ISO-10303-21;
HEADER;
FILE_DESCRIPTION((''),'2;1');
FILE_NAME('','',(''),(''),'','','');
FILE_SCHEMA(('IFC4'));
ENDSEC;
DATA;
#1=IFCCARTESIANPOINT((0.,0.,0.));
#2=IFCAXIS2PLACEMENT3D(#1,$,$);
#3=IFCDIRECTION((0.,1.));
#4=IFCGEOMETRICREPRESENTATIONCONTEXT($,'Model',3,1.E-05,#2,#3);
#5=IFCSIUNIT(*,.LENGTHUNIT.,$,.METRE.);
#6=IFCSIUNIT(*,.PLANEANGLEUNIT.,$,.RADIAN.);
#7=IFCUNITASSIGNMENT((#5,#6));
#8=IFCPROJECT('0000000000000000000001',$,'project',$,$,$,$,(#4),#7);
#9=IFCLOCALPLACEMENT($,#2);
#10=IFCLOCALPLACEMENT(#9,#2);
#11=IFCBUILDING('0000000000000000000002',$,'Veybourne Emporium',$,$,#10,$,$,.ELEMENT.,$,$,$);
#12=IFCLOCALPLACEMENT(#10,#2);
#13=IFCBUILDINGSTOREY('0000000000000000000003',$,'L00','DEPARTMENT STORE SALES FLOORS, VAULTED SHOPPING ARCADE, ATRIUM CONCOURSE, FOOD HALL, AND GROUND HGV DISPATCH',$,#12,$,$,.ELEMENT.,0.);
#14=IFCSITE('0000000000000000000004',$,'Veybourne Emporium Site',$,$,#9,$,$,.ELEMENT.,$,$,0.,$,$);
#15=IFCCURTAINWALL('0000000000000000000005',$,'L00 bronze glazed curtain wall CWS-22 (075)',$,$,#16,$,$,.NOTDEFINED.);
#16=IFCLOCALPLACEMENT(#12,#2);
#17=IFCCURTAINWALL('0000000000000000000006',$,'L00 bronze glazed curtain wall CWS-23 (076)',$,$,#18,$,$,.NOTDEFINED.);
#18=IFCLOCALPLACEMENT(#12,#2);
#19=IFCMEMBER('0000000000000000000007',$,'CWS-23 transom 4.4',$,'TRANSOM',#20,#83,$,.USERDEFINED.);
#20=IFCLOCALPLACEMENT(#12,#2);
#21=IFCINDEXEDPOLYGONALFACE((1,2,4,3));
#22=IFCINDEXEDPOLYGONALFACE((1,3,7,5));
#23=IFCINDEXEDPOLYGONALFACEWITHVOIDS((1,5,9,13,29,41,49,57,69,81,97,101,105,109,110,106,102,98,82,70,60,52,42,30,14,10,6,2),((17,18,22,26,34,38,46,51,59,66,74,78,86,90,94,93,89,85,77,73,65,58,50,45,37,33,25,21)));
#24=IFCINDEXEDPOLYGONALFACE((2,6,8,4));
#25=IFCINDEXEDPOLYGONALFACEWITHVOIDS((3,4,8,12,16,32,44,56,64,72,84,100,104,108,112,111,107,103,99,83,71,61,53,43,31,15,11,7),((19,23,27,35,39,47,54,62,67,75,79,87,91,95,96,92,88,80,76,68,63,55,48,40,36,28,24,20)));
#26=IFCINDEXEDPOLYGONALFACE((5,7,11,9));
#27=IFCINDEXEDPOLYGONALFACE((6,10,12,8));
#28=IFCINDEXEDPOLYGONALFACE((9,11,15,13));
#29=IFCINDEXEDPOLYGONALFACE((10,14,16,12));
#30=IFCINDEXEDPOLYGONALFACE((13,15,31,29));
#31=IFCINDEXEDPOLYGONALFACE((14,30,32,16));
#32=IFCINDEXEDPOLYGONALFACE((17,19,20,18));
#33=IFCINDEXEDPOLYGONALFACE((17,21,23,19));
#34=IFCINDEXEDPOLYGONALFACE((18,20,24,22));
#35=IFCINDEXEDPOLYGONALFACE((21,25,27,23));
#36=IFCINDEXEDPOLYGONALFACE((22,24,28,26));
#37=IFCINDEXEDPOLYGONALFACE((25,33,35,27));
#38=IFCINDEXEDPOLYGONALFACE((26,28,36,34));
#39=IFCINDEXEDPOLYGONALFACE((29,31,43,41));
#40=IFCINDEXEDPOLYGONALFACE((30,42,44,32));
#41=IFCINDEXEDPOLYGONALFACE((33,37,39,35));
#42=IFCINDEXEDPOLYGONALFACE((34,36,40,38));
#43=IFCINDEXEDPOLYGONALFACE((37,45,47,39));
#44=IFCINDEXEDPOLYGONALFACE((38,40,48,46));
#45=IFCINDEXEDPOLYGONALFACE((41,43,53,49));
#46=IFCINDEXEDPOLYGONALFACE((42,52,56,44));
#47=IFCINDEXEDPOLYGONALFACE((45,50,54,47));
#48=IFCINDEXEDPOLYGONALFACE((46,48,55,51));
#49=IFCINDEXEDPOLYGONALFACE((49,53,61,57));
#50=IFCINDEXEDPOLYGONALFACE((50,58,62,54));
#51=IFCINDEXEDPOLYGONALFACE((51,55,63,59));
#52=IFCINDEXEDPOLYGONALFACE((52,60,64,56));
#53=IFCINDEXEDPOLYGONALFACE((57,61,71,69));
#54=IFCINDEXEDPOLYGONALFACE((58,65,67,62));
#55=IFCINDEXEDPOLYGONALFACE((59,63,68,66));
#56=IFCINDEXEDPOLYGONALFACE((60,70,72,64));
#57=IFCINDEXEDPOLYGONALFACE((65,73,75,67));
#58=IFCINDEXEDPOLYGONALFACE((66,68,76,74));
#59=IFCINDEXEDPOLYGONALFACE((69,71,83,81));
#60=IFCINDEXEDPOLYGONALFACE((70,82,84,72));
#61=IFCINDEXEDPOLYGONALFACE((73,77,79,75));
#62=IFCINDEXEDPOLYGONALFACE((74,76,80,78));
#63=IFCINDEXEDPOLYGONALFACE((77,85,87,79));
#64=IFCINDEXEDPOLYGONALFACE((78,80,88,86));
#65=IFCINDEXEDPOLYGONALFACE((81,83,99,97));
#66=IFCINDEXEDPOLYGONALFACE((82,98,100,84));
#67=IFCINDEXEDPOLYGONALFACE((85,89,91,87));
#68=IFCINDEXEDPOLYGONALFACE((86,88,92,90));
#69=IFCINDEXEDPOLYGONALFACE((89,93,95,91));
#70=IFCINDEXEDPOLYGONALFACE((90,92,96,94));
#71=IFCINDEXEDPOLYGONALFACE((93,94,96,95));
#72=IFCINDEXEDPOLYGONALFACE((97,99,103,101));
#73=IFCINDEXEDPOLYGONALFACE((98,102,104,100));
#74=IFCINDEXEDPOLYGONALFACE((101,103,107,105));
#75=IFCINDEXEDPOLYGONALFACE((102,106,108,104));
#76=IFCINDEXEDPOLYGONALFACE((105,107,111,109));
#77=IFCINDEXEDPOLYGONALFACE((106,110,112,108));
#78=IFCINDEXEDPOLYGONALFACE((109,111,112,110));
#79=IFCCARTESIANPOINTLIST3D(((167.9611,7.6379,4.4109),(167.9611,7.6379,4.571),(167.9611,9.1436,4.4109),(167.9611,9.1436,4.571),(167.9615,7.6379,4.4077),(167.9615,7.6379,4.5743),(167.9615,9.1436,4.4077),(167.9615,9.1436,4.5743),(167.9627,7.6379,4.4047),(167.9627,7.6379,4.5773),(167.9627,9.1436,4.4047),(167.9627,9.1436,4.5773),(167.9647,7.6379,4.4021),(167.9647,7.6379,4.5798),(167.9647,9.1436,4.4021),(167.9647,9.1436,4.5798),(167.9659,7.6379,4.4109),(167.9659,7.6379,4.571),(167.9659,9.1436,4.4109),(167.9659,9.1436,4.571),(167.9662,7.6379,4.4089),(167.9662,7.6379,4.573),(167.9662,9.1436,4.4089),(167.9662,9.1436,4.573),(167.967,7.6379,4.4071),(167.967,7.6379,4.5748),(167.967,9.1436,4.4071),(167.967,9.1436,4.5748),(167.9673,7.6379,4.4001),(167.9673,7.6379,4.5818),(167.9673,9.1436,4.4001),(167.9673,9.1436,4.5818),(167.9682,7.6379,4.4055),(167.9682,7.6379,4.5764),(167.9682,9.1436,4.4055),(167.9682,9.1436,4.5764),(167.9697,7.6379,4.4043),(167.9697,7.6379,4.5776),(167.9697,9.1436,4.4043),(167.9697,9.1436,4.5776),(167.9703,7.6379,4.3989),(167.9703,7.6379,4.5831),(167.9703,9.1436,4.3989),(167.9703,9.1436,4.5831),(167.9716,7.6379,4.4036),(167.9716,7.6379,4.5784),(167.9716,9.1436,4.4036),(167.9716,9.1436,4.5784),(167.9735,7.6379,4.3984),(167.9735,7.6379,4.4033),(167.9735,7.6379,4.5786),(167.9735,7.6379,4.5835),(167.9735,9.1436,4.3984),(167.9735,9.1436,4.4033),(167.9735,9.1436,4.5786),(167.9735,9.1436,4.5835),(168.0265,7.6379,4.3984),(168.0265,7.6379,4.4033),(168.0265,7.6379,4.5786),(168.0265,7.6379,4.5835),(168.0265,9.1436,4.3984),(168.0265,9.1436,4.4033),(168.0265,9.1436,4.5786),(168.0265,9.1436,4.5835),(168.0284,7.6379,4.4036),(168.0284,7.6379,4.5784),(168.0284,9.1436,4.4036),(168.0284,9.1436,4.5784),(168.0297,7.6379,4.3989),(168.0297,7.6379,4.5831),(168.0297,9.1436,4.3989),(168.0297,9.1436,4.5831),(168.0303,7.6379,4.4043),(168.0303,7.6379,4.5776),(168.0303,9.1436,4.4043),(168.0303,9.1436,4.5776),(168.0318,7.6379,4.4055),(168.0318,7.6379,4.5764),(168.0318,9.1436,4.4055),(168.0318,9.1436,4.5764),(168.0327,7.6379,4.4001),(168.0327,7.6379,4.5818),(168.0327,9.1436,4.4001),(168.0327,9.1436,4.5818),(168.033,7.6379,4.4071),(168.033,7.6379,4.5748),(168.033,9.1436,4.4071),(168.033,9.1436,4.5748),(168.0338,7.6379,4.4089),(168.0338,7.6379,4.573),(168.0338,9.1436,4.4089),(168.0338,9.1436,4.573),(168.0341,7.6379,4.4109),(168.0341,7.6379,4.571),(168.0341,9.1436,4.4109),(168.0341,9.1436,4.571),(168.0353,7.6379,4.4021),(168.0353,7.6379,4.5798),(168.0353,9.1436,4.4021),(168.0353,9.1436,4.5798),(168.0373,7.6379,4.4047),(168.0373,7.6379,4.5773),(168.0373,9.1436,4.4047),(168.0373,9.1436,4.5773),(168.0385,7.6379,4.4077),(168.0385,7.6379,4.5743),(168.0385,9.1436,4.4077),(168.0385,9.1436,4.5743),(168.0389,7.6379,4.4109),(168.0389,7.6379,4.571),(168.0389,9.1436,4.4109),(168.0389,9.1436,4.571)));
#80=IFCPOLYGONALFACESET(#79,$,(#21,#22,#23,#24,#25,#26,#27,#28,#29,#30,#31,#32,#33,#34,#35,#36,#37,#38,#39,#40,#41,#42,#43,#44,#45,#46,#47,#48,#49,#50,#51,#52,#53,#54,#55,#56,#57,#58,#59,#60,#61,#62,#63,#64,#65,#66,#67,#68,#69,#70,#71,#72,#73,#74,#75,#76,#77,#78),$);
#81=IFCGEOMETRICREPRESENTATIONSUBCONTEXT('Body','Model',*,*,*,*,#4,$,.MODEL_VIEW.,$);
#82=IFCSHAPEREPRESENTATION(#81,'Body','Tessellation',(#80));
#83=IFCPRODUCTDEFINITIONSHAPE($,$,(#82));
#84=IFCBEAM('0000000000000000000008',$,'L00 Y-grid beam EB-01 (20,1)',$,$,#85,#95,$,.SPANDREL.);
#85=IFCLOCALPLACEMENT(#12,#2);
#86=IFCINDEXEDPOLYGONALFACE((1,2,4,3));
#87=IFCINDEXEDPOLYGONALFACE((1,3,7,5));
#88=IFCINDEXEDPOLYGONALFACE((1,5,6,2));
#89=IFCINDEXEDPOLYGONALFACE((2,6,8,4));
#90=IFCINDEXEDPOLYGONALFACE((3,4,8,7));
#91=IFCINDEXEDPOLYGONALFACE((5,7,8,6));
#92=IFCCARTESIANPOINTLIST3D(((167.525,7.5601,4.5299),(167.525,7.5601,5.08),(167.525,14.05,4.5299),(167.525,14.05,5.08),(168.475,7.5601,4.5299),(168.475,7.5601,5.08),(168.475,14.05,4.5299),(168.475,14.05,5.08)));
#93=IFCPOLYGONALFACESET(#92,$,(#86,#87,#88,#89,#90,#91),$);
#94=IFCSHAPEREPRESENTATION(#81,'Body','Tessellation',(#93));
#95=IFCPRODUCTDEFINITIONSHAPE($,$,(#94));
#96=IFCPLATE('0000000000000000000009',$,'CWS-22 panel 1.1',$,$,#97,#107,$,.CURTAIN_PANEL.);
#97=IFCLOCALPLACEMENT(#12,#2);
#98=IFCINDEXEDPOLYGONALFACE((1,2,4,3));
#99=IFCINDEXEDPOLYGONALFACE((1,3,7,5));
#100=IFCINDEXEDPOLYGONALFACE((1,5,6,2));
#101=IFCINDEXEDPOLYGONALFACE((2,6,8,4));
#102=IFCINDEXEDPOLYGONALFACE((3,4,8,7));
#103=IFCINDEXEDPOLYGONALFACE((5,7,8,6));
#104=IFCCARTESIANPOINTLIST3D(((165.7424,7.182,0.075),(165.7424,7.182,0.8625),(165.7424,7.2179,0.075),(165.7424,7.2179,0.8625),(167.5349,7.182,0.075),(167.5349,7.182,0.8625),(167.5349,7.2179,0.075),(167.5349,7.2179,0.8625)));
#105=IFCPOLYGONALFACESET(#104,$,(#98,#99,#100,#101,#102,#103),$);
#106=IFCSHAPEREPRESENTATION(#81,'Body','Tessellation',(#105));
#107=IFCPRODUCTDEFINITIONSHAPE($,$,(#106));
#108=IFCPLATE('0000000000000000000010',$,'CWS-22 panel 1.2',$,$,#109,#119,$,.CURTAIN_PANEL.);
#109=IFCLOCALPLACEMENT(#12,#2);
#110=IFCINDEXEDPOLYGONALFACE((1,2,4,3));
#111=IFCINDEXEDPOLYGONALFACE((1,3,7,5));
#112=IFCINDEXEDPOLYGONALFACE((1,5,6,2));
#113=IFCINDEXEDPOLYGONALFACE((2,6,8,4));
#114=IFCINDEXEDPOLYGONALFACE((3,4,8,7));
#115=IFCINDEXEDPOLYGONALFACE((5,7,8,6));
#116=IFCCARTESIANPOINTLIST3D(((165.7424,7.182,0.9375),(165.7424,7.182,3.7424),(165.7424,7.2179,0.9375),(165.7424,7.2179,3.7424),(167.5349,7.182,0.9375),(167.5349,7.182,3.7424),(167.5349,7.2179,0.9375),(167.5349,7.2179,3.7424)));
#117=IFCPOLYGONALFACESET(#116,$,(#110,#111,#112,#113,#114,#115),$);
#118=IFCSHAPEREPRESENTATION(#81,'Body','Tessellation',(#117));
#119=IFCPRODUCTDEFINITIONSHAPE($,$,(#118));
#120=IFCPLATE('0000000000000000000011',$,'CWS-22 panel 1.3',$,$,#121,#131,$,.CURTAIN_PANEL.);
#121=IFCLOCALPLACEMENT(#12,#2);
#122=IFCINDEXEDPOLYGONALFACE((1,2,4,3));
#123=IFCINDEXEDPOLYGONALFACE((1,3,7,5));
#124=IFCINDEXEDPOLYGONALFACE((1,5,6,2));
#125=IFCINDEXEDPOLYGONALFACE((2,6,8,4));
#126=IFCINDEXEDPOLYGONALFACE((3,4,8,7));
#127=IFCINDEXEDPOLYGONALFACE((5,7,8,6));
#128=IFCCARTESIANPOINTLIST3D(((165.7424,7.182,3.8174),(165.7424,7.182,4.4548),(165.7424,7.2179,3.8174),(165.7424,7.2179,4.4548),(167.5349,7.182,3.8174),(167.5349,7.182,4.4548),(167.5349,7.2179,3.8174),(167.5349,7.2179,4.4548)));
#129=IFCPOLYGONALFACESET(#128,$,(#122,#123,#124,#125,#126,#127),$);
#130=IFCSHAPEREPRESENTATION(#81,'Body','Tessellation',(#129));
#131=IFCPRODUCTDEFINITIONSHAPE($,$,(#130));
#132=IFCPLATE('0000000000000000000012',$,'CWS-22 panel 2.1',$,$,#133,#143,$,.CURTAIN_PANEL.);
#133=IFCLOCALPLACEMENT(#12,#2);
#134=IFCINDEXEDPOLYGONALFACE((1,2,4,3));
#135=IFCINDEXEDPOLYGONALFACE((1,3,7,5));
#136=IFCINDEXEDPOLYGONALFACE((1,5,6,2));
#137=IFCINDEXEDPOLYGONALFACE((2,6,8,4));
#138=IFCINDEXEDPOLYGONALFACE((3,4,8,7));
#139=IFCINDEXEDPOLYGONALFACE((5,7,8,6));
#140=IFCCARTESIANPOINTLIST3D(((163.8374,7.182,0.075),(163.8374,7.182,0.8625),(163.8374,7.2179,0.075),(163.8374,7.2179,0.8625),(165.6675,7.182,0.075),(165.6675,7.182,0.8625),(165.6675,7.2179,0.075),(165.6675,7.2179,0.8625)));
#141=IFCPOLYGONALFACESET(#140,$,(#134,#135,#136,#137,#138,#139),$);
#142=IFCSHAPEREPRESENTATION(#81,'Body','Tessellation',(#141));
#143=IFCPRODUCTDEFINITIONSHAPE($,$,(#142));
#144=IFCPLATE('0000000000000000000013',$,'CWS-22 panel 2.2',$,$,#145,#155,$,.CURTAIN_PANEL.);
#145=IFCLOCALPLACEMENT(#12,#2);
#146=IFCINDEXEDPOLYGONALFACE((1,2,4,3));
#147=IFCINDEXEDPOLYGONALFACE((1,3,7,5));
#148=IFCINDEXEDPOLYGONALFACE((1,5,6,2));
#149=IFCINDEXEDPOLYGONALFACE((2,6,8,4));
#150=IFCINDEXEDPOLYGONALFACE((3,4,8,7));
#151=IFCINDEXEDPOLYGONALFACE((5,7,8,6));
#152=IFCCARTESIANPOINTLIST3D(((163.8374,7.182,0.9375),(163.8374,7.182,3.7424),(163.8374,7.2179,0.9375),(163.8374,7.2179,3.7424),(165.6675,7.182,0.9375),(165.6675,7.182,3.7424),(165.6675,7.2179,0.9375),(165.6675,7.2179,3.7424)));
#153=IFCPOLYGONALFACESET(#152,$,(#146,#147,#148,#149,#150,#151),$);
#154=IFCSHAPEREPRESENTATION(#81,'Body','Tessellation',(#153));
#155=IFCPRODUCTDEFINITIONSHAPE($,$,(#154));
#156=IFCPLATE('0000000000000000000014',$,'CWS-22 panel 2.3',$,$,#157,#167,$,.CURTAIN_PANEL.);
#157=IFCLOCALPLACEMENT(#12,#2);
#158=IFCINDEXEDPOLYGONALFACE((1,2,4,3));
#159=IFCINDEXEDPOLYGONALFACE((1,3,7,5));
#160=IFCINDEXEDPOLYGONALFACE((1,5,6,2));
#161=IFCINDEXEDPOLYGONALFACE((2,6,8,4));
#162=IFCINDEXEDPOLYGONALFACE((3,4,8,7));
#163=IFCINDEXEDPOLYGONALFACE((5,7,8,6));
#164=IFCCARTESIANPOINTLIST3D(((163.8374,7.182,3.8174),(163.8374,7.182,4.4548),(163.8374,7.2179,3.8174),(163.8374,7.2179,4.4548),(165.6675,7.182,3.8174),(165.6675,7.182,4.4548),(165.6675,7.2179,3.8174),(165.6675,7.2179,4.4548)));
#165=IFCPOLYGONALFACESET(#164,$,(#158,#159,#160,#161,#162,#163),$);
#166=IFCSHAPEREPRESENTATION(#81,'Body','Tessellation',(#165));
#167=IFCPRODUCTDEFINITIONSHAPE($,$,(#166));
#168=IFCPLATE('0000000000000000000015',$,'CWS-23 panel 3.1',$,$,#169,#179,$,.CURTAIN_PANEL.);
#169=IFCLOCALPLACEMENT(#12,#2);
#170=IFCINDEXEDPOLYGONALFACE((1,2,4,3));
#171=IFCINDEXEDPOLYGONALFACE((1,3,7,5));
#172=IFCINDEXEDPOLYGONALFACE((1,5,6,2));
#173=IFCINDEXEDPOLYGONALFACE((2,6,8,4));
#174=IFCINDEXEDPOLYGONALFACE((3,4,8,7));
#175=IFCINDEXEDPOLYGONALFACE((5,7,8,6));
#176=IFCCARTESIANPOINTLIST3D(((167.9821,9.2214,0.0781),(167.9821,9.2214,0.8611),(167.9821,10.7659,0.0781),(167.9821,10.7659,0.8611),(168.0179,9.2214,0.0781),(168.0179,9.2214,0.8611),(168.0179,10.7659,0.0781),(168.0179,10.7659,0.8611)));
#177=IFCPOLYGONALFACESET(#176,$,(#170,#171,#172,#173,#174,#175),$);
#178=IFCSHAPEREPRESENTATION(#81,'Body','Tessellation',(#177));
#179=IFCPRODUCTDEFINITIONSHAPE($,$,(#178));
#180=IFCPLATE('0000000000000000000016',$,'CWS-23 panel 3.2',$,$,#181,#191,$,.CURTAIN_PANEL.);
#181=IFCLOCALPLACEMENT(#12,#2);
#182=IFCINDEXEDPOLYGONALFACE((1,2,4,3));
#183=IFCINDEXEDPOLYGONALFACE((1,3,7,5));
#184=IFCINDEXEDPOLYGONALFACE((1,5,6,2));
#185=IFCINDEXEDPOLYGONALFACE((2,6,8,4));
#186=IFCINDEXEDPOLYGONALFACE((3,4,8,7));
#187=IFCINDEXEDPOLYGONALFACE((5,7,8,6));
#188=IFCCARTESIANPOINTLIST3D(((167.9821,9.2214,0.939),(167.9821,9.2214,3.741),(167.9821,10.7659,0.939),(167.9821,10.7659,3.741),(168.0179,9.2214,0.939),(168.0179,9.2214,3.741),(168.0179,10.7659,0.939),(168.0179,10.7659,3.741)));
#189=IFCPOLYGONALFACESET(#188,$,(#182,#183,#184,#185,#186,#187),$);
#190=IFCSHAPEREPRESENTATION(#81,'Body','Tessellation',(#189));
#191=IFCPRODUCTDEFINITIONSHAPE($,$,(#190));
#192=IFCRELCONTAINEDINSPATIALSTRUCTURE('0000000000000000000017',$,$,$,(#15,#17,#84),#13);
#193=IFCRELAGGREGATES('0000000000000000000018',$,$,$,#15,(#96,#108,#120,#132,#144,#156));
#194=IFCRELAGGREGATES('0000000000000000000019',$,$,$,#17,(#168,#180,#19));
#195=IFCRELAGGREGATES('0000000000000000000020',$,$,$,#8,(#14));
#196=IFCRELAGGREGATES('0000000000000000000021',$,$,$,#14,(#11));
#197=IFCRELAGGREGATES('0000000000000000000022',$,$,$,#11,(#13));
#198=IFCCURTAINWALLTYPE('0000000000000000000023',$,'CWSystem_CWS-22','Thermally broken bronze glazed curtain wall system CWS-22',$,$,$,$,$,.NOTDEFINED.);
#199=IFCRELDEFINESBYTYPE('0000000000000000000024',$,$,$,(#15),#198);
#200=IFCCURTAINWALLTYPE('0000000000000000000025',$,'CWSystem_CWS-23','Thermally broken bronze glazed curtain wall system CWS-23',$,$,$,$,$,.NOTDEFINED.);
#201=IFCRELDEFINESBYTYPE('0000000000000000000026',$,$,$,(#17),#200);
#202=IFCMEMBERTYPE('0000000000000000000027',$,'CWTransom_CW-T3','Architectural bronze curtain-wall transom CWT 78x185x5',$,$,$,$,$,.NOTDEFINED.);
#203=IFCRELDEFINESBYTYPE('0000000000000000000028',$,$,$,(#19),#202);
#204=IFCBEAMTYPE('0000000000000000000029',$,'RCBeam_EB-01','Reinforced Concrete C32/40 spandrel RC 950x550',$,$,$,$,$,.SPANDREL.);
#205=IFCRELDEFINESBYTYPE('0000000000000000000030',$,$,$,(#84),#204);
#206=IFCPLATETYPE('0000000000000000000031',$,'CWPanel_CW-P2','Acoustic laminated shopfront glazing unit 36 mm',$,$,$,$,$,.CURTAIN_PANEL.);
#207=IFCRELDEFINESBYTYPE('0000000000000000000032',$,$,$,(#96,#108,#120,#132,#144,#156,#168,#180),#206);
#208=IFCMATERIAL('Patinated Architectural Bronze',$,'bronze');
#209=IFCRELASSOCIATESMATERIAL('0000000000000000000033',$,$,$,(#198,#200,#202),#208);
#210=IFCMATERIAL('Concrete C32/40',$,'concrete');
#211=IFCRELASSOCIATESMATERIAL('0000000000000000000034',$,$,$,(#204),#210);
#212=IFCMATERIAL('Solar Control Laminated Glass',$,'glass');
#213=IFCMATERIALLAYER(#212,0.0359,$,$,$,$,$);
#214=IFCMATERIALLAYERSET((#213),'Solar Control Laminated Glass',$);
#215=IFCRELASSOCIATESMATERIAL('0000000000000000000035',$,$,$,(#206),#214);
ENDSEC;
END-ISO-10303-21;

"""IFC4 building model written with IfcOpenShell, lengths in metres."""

from ifc_helpers import new_model, si_unit, direction, frame, origin, origin_2d, place, context, subcontext, project, spatial, rectangle, hollow_rectangle, extrude, material, layer, layer_set, material_profile, profile_set, type_object, element, aggregate, save


model = new_model("IFC4")

# Units and contexts
model_context = context("Model", 3, precision=1e-05, world=origin(), true_north=direction((0.0, 1.0)))
body_context = subcontext(model_context, "Body", "Model", "MODEL_VIEW")
ifc_project = project(units=[si_unit("LENGTHUNIT", "METRE"), si_unit("PLANEANGLEUNIT", "RADIAN")], contexts=[model_context])

# Site, building, storey
site_placement = place(None, origin())
site = spatial("IfcSite", under=ifc_project, at=site_placement, Name="Veybourne Emporium Site", CompositionType="ELEMENT", RefElevation=0.0)
building_placement = place(site_placement, origin())
building = spatial("IfcBuilding", under=site, at=building_placement, Name="Veybourne Emporium", CompositionType="ELEMENT")
storey_placement = place(building_placement, origin())
storey = spatial("IfcBuildingStorey", under=building, at=storey_placement, Name="L00", Description="DEPARTMENT STORE SALES FLOORS, VAULTED SHOPPING ARCADE, ATRIUM CONCOURSE, FOOD HALL, AND GROUND HGV DISPATCH", CompositionType="ELEMENT", Elevation=0.0)

# Curtain walls
ifc_material_1 = material(Name="Patinated Architectural Bronze", Category="bronze")
curtain_wall_type_1 = type_object("IfcCurtainWallType", Name="CWSystem_CWS-22", Description="Thermally broken bronze glazed curtain wall system CWS-22", PredefinedType="NOTDEFINED", material=ifc_material_1)
curtain_wall_1_placement = place(storey_placement, origin())
curtain_wall_1 = element("IfcCurtainWall", 1, at=curtain_wall_1_placement, inside=storey, type_object=curtain_wall_type_1, Name="L00 bronze glazed curtain wall CWS-22 (075)", PredefinedType="NOTDEFINED")
curtain_wall_type_2 = type_object("IfcCurtainWallType", Name="CWSystem_CWS-23", Description="Thermally broken bronze glazed curtain wall system CWS-23", PredefinedType="NOTDEFINED", material=ifc_material_1)
curtain_wall_2_placement = place(storey_placement, origin())
curtain_wall_2 = element("IfcCurtainWall", 2, at=curtain_wall_2_placement, inside=storey, type_object=curtain_wall_type_2, Name="L00 bronze glazed curtain wall CWS-23 (076)", PredefinedType="NOTDEFINED")

# Member
ifc_material_profile_1 = material_profile(ifc_material_1, hollow_rectangle(XDim=0.0779, YDim=0.1851, WallThickness=0.0049, InnerFilletRadius=0.0076, OuterFilletRadius=0.0125, at=origin_2d()), Name="CWT 78x185x5")
ifc_profile_set_1 = profile_set([ifc_material_profile_1], Name="Patinated Architectural Bronze")
member_type_1 = type_object("IfcMemberType", Name="CWTransom_CW-T3", Description="Architectural bronze curtain-wall transom CWT 78x185x5", PredefinedType="NOTDEFINED", material=ifc_profile_set_1)
member_1_placement = place(storey_placement, frame((168.0, 9.1436, 4.491), z_axis=(0.0, -1.0, 0.0), x_axis=(1.0, 0.0, 0.0)))
member_1 = element("IfcMember", 3, at=member_1_placement, type_object=member_type_1, Name="CWS-23 transom 4.4", ObjectType="TRANSOM", PredefinedType="USERDEFINED", context=body_context, shape_type="SweptSolid", body=[
    extrude(hollow_rectangle(XDim=0.0779, YDim=0.1851, WallThickness=0.0049, InnerFilletRadius=0.0076, OuterFilletRadius=0.0125, at=origin_2d()), origin(), (0.0, 0.0, 1.0), 1.5056),
])

# Beam
ifc_material_2 = material(Name="Concrete C32/40", Category="concrete")
ifc_material_profile_2 = material_profile(ifc_material_2, rectangle(XDim=0.95, YDim=0.55, at=origin_2d()), Name="RC 950x550")
ifc_profile_set_2 = profile_set([ifc_material_profile_2], Name="Concrete C32/40")
beam_type = type_object("IfcBeamType", Name="RCBeam_EB-01", Description="Reinforced Concrete C32/40 spandrel RC 950x550", PredefinedType="SPANDREL", material=ifc_profile_set_2)
beam_placement = place(storey_placement, frame((168.0, 7.5601, 4.8049), z_axis=(0.0, 1.0, 0.0), x_axis=(-1.0, 0.0, 0.0)))
element("IfcBeam", 4, at=beam_placement, inside=storey, type_object=beam_type, Name="L00 Y-grid beam EB-01 (20,1)", PredefinedType="SPANDREL", context=body_context, shape_type="SweptSolid", body=[
    extrude(rectangle(XDim=0.95, YDim=0.55, at=origin_2d()), origin(), (0.0, 0.0, 1.0), 6.49),
])

# Plates
ifc_material_3 = material(Name="Solar Control Laminated Glass", Category="glass")
ifc_layer = layer(ifc_material_3, 0.0359)
ifc_layer_set = layer_set([ifc_layer], Name="Solar Control Laminated Glass")
plate_type = type_object("IfcPlateType", Name="CWPanel_CW-P2", Description="Acoustic laminated shopfront glazing unit 36 mm", PredefinedType="CURTAIN_PANEL", material=ifc_layer_set)
plate_1_placement = place(storey_placement, frame((166.6387, 7.2, 0.075), z_axis=(0.0, 0.0, 1.0), x_axis=(-1.0, 0.0, 0.0)))
plate_1 = element("IfcPlate", 5, at=plate_1_placement, type_object=plate_type, Name="CWS-22 panel 1.1", PredefinedType="CURTAIN_PANEL", context=body_context, shape_type="SweptSolid", body=[
    extrude(rectangle(XDim=1.7925, YDim=0.0359, at=origin_2d()), origin(), (0.0, 0.0, 1.0), 0.7876),
])
plate_2_placement = place(storey_placement, frame((166.6387, 7.2, 0.9375), z_axis=(0.0, 0.0, 1.0), x_axis=(-1.0, 0.0, 0.0)))
plate_2 = element("IfcPlate", 6, at=plate_2_placement, type_object=plate_type, Name="CWS-22 panel 1.2", PredefinedType="CURTAIN_PANEL", context=body_context, shape_type="SweptSolid", body=[
    extrude(rectangle(XDim=1.7925, YDim=0.0359, at=origin_2d()), origin(), (0.0, 0.0, 1.0), 2.8049),
])
plate_3_placement = place(storey_placement, frame((166.6387, 7.2, 3.8174), z_axis=(0.0, 0.0, 1.0), x_axis=(-1.0, 0.0, 0.0)))
plate_3 = element("IfcPlate", 7, at=plate_3_placement, type_object=plate_type, Name="CWS-22 panel 1.3", PredefinedType="CURTAIN_PANEL", context=body_context, shape_type="SweptSolid", body=[
    extrude(rectangle(XDim=1.7925, YDim=0.0359, at=origin_2d()), origin(), (0.0, 0.0, 1.0), 0.6375),
])
plate_4_placement = place(storey_placement, frame((164.7524, 7.2, 0.075), z_axis=(0.0, 0.0, 1.0), x_axis=(-1.0, 0.0, 0.0)))
plate_4 = element("IfcPlate", 8, at=plate_4_placement, type_object=plate_type, Name="CWS-22 panel 2.1", PredefinedType="CURTAIN_PANEL", context=body_context, shape_type="SweptSolid", body=[
    extrude(rectangle(XDim=1.8301, YDim=0.0359, at=origin_2d()), origin(), (0.0, 0.0, 1.0), 0.7876),
])
plate_5_placement = place(storey_placement, frame((164.7524, 7.2, 0.9375), z_axis=(0.0, 0.0, 1.0), x_axis=(-1.0, 0.0, 0.0)))
plate_5 = element("IfcPlate", 9, at=plate_5_placement, type_object=plate_type, Name="CWS-22 panel 2.2", PredefinedType="CURTAIN_PANEL", context=body_context, shape_type="SweptSolid", body=[
    extrude(rectangle(XDim=1.8301, YDim=0.0359, at=origin_2d()), origin(), (0.0, 0.0, 1.0), 2.8049),
])
plate_6_placement = place(storey_placement, frame((164.7524, 7.2, 3.8174), z_axis=(0.0, 0.0, 1.0), x_axis=(-1.0, 0.0, 0.0)))
plate_6 = element("IfcPlate", 10, at=plate_6_placement, type_object=plate_type, Name="CWS-22 panel 2.3", PredefinedType="CURTAIN_PANEL", context=body_context, shape_type="SweptSolid", body=[
    extrude(rectangle(XDim=1.8301, YDim=0.0359, at=origin_2d()), origin(), (0.0, 0.0, 1.0), 0.6375),
])
aggregate(curtain_wall_1, [plate_1, plate_2, plate_3, plate_4, plate_5, plate_6])
plate_7_placement = place(storey_placement, frame((168.0, 9.9937, 0.0781), z_axis=(0.0, 0.0, 1.0), x_axis=(0.0, -1.0, 0.0)))
plate_7 = element("IfcPlate", 11, at=plate_7_placement, type_object=plate_type, Name="CWS-23 panel 3.1", PredefinedType="CURTAIN_PANEL", context=body_context, shape_type="SweptSolid", body=[
    extrude(rectangle(XDim=1.5444, YDim=0.0359, at=origin_2d()), origin(), (0.0, 0.0, 1.0), 0.783),
])
plate_8_placement = place(storey_placement, frame((168.0, 9.9937, 0.939), z_axis=(0.0, 0.0, 1.0), x_axis=(0.0, -1.0, 0.0)))
plate_8 = element("IfcPlate", 12, at=plate_8_placement, type_object=plate_type, Name="CWS-23 panel 3.2", PredefinedType="CURTAIN_PANEL", context=body_context, shape_type="SweptSolid", body=[
    extrude(rectangle(XDim=1.5444, YDim=0.0359, at=origin_2d()), origin(), (0.0, 0.0, 1.0), 2.802),
])
aggregate(curtain_wall_2, [plate_7, plate_8, member_1])

save(model, "model.ifc")
